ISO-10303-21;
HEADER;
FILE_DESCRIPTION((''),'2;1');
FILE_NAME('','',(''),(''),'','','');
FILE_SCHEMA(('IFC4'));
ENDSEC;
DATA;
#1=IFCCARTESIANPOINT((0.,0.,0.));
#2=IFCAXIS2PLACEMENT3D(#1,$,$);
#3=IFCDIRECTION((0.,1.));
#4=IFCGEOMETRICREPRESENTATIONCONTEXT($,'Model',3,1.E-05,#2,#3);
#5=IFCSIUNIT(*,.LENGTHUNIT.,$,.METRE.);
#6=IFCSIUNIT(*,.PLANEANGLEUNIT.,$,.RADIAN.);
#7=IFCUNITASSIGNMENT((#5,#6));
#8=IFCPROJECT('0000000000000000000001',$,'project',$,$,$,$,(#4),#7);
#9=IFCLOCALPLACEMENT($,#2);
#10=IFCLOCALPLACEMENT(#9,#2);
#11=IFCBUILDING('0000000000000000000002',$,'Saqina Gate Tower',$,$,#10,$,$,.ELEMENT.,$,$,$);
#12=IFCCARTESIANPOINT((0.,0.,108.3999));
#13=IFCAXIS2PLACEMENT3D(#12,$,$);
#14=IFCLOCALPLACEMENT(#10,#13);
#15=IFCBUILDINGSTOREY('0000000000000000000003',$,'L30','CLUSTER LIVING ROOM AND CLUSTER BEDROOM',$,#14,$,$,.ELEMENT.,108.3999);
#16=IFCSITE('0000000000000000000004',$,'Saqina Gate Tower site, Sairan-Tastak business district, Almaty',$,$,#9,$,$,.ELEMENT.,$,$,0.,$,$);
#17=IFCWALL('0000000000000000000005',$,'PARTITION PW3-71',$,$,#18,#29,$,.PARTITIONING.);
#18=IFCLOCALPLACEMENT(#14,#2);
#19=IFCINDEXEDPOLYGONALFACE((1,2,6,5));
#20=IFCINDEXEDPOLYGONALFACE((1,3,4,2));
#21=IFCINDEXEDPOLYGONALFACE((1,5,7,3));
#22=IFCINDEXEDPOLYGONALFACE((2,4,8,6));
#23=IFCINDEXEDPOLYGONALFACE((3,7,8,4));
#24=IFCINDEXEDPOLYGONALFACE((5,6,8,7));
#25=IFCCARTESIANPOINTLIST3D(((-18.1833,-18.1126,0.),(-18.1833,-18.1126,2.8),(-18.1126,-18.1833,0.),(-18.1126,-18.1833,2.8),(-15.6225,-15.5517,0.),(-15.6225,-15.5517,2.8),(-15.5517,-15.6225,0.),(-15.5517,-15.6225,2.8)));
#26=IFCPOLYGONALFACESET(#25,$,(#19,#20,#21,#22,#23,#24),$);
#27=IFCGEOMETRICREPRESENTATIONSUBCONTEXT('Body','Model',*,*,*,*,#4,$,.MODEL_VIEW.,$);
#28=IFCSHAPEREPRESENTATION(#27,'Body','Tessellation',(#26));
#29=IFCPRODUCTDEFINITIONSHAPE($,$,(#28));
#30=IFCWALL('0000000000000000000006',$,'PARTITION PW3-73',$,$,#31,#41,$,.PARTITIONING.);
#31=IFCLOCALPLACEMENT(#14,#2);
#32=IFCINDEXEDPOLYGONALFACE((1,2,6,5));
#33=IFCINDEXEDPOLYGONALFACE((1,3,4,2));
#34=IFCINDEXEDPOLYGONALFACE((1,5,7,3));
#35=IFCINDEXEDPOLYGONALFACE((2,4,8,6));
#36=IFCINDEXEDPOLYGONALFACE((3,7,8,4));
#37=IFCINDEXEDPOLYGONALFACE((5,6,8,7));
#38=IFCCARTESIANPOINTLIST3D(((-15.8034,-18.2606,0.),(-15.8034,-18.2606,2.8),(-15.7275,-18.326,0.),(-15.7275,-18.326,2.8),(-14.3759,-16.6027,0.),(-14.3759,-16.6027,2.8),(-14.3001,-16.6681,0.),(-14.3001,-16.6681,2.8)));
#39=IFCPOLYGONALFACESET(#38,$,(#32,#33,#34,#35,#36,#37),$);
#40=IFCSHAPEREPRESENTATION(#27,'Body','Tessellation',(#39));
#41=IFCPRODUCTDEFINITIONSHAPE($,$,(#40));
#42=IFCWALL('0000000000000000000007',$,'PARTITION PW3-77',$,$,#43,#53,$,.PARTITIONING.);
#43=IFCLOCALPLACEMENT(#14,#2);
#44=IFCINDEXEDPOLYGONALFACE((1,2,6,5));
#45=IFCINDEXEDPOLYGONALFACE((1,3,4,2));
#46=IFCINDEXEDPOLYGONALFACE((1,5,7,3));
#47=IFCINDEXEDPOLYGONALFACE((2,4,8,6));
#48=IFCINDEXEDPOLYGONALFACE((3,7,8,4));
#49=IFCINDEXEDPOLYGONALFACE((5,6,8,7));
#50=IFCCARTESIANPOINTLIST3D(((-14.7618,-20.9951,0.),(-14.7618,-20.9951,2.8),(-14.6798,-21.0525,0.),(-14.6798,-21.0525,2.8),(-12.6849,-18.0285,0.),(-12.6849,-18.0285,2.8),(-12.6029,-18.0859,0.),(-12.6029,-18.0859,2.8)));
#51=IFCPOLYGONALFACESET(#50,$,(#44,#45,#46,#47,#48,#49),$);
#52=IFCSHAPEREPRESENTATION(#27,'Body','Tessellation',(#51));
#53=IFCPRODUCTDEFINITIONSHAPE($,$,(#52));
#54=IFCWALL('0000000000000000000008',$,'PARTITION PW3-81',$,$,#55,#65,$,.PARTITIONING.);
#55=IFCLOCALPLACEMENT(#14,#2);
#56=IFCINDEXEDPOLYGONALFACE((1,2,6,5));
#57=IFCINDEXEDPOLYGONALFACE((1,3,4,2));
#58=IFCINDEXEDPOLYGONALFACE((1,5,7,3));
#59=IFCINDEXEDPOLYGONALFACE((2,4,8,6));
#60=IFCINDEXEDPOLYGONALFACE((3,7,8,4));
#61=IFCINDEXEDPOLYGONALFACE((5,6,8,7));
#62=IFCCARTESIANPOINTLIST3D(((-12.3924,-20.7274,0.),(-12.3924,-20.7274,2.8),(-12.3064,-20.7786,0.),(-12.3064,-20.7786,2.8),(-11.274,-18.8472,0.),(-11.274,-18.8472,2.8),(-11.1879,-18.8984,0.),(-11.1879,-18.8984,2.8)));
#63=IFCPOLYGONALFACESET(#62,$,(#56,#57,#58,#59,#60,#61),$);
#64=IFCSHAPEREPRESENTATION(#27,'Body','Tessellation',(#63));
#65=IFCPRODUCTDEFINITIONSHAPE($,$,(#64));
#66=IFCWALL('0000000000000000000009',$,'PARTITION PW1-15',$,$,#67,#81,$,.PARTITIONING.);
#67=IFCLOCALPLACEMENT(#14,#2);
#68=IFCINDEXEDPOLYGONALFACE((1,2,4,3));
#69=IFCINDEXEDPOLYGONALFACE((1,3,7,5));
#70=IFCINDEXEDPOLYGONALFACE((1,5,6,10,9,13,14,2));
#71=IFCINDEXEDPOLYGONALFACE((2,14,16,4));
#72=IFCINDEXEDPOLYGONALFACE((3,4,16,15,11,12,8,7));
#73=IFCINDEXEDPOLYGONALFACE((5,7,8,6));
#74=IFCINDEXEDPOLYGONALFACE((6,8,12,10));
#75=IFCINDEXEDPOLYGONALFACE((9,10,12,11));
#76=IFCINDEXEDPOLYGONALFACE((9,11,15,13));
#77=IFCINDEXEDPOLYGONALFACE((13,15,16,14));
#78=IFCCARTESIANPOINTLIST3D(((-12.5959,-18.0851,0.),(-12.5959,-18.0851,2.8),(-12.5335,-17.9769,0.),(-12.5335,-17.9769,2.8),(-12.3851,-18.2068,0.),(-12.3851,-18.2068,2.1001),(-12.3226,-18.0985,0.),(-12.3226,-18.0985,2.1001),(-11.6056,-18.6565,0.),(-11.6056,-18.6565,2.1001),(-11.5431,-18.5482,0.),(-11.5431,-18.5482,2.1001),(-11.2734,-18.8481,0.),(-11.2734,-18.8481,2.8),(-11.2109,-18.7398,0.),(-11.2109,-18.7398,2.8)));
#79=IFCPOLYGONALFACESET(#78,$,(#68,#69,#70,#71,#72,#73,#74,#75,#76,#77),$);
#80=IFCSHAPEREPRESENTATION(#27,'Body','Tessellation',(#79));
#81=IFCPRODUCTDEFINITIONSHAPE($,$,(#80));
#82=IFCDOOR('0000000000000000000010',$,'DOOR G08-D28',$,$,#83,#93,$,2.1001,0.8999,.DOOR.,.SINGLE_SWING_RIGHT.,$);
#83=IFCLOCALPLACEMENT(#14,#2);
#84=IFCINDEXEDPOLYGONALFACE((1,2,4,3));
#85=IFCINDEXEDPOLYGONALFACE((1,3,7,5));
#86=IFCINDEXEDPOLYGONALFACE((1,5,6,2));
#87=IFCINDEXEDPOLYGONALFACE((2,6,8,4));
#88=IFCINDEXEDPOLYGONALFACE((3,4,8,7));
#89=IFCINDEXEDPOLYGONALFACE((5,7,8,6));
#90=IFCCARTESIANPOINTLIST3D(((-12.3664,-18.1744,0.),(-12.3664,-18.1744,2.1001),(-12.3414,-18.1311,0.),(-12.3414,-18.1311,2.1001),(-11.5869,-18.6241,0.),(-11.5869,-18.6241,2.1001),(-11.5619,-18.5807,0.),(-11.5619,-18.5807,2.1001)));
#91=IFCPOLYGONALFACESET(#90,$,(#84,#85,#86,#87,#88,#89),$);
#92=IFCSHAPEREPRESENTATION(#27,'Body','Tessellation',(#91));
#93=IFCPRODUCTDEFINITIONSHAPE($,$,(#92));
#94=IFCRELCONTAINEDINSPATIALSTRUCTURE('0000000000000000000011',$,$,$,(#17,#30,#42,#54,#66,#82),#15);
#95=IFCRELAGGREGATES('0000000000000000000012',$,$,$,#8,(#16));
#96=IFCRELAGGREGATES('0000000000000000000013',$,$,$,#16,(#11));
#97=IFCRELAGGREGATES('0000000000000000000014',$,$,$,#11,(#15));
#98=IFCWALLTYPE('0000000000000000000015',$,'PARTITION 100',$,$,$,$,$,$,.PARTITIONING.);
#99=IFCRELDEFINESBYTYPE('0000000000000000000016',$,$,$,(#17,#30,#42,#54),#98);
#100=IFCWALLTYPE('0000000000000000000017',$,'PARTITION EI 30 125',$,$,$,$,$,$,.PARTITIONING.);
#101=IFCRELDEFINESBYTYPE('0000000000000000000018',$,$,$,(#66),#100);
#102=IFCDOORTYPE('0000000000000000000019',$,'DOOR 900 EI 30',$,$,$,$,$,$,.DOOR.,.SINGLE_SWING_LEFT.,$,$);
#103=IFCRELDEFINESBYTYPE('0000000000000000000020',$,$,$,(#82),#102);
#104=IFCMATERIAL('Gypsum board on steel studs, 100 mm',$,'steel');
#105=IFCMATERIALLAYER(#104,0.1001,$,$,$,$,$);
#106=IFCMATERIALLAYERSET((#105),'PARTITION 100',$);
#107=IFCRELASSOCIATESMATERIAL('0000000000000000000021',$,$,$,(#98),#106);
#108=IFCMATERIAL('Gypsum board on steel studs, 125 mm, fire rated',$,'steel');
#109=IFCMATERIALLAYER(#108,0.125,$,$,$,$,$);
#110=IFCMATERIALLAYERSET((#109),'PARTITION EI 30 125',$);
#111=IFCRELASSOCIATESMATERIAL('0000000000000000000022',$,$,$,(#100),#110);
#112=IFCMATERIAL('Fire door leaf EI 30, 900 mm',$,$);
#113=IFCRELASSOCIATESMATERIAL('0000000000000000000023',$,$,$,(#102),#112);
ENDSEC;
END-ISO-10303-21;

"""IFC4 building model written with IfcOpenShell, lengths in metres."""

from ifc_helpers import new_model, si_unit, direction, frame, frame_2d, origin, place, context, subcontext, project, spatial, rectangle, extrude, material, layer, layer_set, type_object, element, fill, save


model = new_model("IFC4")

# Units and contexts
model_context = context("Model", 3, precision=1e-05, world=origin(), true_north=direction((0.0, 1.0)))
body_context = subcontext(model_context, "Body", "Model", "MODEL_VIEW")
ifc_project = project(units=[si_unit("LENGTHUNIT", "METRE"), si_unit("PLANEANGLEUNIT", "RADIAN")], contexts=[model_context])

# Site, building, storey
site_placement = place(None, origin())
site = spatial("IfcSite", under=ifc_project, at=site_placement, Name="Saqina Gate Tower site, Sairan-Tastak business district, Almaty", CompositionType="ELEMENT", RefElevation=0.0)
building_placement = place(site_placement, origin())
building = spatial("IfcBuilding", under=site, at=building_placement, Name="Saqina Gate Tower", CompositionType="ELEMENT")
storey_placement = place(building_placement, frame((0.0, 0.0, 108.3999)))
storey = spatial("IfcBuildingStorey", under=building, at=storey_placement, Name="L30", Description="CLUSTER LIVING ROOM AND CLUSTER BEDROOM", CompositionType="ELEMENT", Elevation=108.3999)

# Shared definitions
ifc_material_1 = material(Name="Gypsum board on steel studs, 100 mm", Category="steel")
ifc_layer_1 = layer(ifc_material_1, 0.1001)
ifc_layer_set_1 = layer_set([ifc_layer_1], Name="PARTITION 100")
wall_type_1 = type_object("IfcWallType", Name="PARTITION 100", PredefinedType="PARTITIONING", material=ifc_layer_set_1)

# Walls
wall_1_placement = place(storey_placement, frame((-18.1479, -18.1479, 0.0), z_axis=(0.0, 0.0, 1.0), x_axis=(0.707107, 0.707107, 0.0)))
element("IfcWall", 1, at=wall_1_placement, inside=storey, type_object=wall_type_1, Name="PARTITION PW3-71", PredefinedType="PARTITIONING", context=body_context, shape_type="SweptSolid", body=[
    extrude(rectangle(XDim=3.6216, YDim=0.1001, at=frame_2d((1.8108, 0.0))), origin(), (0.0, 0.0, 1.0), 2.8),
])
wall_2_placement = place(storey_placement, frame((-15.7654, -18.2932, 0.0), z_axis=(0.0, 0.0, 1.0), x_axis=(0.652472, 0.757813, 0.0)))
element("IfcWall", 2, at=wall_2_placement, inside=storey, type_object=wall_type_1, Name="PARTITION PW3-73", PredefinedType="PARTITIONING", context=body_context, shape_type="SweptSolid", body=[
    extrude(rectangle(XDim=2.1877, YDim=0.1001, at=frame_2d((1.0938, 0.0))), origin(), (0.0, 0.0, 1.0), 2.8),
])
wall_3_placement = place(storey_placement, frame((-14.7207, -21.0237, 0.0), z_axis=(0.0, 0.0, 1.0), x_axis=(0.573521, 0.819191, 0.0)))
element("IfcWall", 3, at=wall_3_placement, inside=storey, type_object=wall_type_1, Name="PARTITION PW3-77", PredefinedType="PARTITIONING", context=body_context, shape_type="SweptSolid", body=[
    extrude(rectangle(XDim=3.6213, YDim=0.1001, at=frame_2d((1.8105, 0.0))), origin(), (0.0, 0.0, 1.0), 2.8),
])
wall_4_placement = place(storey_placement, frame((-12.3494, -20.7529, 0.0), z_axis=(0.0, 0.0, 1.0), x_axis=(0.511243, 0.859436, 0.0)))
element("IfcWall", 4, at=wall_4_placement, inside=storey, type_object=wall_type_1, Name="PARTITION PW3-81", PredefinedType="PARTITIONING", context=body_context, shape_type="SweptSolid", body=[
    extrude(rectangle(XDim=2.1877, YDim=0.1001, at=frame_2d((1.0938, 0.0))), origin(), (0.0, 0.0, 1.0), 2.8),
])

# Wall, opening, door
ifc_material_2 = material(Name="Gypsum board on steel studs, 125 mm, fire rated", Category="steel")
ifc_layer_2 = layer(ifc_material_2, 0.125)
ifc_layer_set_2 = layer_set([ifc_layer_2], Name="PARTITION EI 30 125")
wall_type_2 = type_object("IfcWallType", Name="PARTITION EI 30 125", PredefinedType="PARTITIONING", material=ifc_layer_set_2)
wall_5_placement = place(storey_placement, frame((-12.5647, -18.031, 0.0), z_axis=(0.0, 0.0, 1.0), x_axis=(0.866199, -0.499699, 0.0)))
wall_5 = element("IfcWall", 5, at=wall_5_placement, inside=storey, type_object=wall_type_2, Name="PARTITION PW1-15", PredefinedType="PARTITIONING", context=body_context, shape_type="SweptSolid", body=[
    extrude(rectangle(XDim=1.5269, YDim=0.125, at=frame_2d((0.7634, 0.0))), origin(), (0.0, 0.0, 1.0), 2.8),
])
opening_1_placement = place(wall_5_placement, frame((0.2434, 0.0, 0.0)))
opening_1 = element("IfcOpeningElement", 6, at=opening_1_placement, cuts=wall_5, PredefinedType="OPENING", context=body_context, shape_type="SweptSolid", body=[
    extrude(rectangle(XDim=0.8999, YDim=2.1001, at=frame_2d((0.45, 1.05))), frame((0.0, 0.0745, 0.0), z_axis=(0.0, -1.0, 0.0), x_axis=(1.0, 0.0, 0.0)), (0.0, 0.0, 1.0), 0.1489),
])
ifc_material_3 = material(Name="Fire door leaf EI 30, 900 mm")
door_type_1 = type_object("IfcDoorType", Name="DOOR 900 EI 30", OperationType="SINGLE_SWING_LEFT", PredefinedType="DOOR", material=ifc_material_3)
door_1_placement = place(opening_1_placement, origin())
door_1 = element("IfcDoor", 7, at=door_1_placement, inside=storey, type_object=door_type_1, Name="DOOR G08-D28", OperationType="SINGLE_SWING_RIGHT", OverallHeight=2.1001, OverallWidth=0.8999, PredefinedType="DOOR", context=body_context, shape_type="SweptSolid", body=[
    extrude(rectangle(XDim=0.8999, YDim=2.1001, at=frame_2d((0.45, 1.05))), frame((0.0, 0.0249, 0.0), z_axis=(0.0, -1.0, 0.0), x_axis=(1.0, 0.0, 0.0)), (0.0, 0.0, 1.0), 0.05),
])
fill(opening_1, door_1)

save(model, "model.ifc")
